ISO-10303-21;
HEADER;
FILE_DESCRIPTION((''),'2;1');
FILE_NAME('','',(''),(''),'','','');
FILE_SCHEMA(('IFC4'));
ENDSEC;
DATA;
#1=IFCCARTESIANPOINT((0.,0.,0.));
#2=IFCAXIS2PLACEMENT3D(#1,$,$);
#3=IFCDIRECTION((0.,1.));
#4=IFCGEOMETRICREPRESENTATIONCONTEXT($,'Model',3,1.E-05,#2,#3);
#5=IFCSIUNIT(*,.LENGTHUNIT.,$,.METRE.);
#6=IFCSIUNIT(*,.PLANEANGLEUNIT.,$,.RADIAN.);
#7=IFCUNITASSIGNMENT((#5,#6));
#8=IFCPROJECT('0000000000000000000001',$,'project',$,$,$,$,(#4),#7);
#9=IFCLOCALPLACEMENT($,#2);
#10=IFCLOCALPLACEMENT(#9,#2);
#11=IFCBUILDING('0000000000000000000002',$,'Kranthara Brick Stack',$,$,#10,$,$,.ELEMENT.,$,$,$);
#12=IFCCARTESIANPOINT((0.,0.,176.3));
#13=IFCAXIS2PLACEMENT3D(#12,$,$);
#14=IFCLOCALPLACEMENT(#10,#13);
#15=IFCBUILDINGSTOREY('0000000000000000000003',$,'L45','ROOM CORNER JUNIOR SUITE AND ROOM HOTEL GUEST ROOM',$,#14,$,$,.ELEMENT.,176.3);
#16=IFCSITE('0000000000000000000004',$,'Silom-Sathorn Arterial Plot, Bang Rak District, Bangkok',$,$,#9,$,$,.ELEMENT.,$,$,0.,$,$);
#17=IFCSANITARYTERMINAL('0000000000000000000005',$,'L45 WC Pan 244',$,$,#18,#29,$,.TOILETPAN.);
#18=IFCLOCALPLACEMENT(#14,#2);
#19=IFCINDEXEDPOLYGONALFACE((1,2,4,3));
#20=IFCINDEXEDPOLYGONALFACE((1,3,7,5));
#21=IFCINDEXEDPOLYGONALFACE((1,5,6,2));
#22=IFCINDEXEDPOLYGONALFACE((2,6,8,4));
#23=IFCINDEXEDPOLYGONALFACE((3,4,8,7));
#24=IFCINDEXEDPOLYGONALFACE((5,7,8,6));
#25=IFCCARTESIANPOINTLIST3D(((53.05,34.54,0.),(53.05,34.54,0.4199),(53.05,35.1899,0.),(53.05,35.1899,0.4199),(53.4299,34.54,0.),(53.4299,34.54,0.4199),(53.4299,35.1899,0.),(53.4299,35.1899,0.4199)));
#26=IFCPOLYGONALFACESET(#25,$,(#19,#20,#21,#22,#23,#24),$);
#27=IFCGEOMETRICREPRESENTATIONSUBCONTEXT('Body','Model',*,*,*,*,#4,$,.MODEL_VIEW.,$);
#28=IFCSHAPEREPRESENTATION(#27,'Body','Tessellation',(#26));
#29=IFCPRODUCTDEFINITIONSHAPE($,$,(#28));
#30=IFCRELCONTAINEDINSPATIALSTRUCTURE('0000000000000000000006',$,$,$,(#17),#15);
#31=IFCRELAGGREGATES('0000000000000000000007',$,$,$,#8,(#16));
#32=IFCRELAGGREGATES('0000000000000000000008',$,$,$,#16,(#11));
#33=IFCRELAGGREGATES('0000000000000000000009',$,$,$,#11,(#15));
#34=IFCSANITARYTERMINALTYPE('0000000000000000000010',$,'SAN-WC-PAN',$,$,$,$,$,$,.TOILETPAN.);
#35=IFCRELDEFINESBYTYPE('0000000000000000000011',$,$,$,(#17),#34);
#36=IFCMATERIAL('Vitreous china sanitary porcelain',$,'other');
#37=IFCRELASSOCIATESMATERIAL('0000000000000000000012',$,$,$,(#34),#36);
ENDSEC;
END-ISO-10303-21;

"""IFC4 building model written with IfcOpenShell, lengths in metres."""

from ifc_helpers import new_model, si_unit, direction, frame, origin, origin_2d, place, context, subcontext, project, spatial, rectangle, extrude, material, type_object, element, save


model = new_model("IFC4")

# Units and contexts
model_context = context("Model", 3, precision=1e-05, world=origin(), true_north=direction((0.0, 1.0)))
body_context = subcontext(model_context, "Body", "Model", "MODEL_VIEW")
ifc_project = project(units=[si_unit("LENGTHUNIT", "METRE"), si_unit("PLANEANGLEUNIT", "RADIAN")], contexts=[model_context])

# Site, building, storey
site_placement = place(None, origin())
site = spatial("IfcSite", under=ifc_project, at=site_placement, Name="Silom-Sathorn Arterial Plot, Bang Rak District, Bangkok", CompositionType="ELEMENT", RefElevation=0.0)
building_placement = place(site_placement, origin())
building = spatial("IfcBuilding", under=site, at=building_placement, Name="Kranthara Brick Stack", CompositionType="ELEMENT")
storey_placement = place(building_placement, frame((0.0, 0.0, 176.3)))
storey = spatial("IfcBuildingStorey", under=building, at=storey_placement, Name="L45", Description="ROOM CORNER JUNIOR SUITE AND ROOM HOTEL GUEST ROOM", CompositionType="ELEMENT", Elevation=176.3)

# Sanitary terminal
ifc_material_1 = material(Name="Vitreous china sanitary porcelain", Category="other")
sanitary_terminal_type_1 = type_object("IfcSanitaryTerminalType", Name="SAN-WC-PAN", PredefinedType="TOILETPAN", material=ifc_material_1)
sanitary_terminal_placement = place(storey_placement, frame((53.24, 34.865, 0.0), z_axis=(0.0, 0.0, 1.0), x_axis=(1.0, 0.0, 0.0)))
element("IfcSanitaryTerminal", 1, at=sanitary_terminal_placement, inside=storey, type_object=sanitary_terminal_type_1, Name="L45 WC Pan 244", PredefinedType="TOILETPAN", context=body_context, shape_type="SweptSolid", body=[
    extrude(rectangle(XDim=0.3799, YDim=0.6499, at=origin_2d()), origin(), (0.0, 0.0, 1.0), 0.4199),
])

save(model, "model.ifc")
